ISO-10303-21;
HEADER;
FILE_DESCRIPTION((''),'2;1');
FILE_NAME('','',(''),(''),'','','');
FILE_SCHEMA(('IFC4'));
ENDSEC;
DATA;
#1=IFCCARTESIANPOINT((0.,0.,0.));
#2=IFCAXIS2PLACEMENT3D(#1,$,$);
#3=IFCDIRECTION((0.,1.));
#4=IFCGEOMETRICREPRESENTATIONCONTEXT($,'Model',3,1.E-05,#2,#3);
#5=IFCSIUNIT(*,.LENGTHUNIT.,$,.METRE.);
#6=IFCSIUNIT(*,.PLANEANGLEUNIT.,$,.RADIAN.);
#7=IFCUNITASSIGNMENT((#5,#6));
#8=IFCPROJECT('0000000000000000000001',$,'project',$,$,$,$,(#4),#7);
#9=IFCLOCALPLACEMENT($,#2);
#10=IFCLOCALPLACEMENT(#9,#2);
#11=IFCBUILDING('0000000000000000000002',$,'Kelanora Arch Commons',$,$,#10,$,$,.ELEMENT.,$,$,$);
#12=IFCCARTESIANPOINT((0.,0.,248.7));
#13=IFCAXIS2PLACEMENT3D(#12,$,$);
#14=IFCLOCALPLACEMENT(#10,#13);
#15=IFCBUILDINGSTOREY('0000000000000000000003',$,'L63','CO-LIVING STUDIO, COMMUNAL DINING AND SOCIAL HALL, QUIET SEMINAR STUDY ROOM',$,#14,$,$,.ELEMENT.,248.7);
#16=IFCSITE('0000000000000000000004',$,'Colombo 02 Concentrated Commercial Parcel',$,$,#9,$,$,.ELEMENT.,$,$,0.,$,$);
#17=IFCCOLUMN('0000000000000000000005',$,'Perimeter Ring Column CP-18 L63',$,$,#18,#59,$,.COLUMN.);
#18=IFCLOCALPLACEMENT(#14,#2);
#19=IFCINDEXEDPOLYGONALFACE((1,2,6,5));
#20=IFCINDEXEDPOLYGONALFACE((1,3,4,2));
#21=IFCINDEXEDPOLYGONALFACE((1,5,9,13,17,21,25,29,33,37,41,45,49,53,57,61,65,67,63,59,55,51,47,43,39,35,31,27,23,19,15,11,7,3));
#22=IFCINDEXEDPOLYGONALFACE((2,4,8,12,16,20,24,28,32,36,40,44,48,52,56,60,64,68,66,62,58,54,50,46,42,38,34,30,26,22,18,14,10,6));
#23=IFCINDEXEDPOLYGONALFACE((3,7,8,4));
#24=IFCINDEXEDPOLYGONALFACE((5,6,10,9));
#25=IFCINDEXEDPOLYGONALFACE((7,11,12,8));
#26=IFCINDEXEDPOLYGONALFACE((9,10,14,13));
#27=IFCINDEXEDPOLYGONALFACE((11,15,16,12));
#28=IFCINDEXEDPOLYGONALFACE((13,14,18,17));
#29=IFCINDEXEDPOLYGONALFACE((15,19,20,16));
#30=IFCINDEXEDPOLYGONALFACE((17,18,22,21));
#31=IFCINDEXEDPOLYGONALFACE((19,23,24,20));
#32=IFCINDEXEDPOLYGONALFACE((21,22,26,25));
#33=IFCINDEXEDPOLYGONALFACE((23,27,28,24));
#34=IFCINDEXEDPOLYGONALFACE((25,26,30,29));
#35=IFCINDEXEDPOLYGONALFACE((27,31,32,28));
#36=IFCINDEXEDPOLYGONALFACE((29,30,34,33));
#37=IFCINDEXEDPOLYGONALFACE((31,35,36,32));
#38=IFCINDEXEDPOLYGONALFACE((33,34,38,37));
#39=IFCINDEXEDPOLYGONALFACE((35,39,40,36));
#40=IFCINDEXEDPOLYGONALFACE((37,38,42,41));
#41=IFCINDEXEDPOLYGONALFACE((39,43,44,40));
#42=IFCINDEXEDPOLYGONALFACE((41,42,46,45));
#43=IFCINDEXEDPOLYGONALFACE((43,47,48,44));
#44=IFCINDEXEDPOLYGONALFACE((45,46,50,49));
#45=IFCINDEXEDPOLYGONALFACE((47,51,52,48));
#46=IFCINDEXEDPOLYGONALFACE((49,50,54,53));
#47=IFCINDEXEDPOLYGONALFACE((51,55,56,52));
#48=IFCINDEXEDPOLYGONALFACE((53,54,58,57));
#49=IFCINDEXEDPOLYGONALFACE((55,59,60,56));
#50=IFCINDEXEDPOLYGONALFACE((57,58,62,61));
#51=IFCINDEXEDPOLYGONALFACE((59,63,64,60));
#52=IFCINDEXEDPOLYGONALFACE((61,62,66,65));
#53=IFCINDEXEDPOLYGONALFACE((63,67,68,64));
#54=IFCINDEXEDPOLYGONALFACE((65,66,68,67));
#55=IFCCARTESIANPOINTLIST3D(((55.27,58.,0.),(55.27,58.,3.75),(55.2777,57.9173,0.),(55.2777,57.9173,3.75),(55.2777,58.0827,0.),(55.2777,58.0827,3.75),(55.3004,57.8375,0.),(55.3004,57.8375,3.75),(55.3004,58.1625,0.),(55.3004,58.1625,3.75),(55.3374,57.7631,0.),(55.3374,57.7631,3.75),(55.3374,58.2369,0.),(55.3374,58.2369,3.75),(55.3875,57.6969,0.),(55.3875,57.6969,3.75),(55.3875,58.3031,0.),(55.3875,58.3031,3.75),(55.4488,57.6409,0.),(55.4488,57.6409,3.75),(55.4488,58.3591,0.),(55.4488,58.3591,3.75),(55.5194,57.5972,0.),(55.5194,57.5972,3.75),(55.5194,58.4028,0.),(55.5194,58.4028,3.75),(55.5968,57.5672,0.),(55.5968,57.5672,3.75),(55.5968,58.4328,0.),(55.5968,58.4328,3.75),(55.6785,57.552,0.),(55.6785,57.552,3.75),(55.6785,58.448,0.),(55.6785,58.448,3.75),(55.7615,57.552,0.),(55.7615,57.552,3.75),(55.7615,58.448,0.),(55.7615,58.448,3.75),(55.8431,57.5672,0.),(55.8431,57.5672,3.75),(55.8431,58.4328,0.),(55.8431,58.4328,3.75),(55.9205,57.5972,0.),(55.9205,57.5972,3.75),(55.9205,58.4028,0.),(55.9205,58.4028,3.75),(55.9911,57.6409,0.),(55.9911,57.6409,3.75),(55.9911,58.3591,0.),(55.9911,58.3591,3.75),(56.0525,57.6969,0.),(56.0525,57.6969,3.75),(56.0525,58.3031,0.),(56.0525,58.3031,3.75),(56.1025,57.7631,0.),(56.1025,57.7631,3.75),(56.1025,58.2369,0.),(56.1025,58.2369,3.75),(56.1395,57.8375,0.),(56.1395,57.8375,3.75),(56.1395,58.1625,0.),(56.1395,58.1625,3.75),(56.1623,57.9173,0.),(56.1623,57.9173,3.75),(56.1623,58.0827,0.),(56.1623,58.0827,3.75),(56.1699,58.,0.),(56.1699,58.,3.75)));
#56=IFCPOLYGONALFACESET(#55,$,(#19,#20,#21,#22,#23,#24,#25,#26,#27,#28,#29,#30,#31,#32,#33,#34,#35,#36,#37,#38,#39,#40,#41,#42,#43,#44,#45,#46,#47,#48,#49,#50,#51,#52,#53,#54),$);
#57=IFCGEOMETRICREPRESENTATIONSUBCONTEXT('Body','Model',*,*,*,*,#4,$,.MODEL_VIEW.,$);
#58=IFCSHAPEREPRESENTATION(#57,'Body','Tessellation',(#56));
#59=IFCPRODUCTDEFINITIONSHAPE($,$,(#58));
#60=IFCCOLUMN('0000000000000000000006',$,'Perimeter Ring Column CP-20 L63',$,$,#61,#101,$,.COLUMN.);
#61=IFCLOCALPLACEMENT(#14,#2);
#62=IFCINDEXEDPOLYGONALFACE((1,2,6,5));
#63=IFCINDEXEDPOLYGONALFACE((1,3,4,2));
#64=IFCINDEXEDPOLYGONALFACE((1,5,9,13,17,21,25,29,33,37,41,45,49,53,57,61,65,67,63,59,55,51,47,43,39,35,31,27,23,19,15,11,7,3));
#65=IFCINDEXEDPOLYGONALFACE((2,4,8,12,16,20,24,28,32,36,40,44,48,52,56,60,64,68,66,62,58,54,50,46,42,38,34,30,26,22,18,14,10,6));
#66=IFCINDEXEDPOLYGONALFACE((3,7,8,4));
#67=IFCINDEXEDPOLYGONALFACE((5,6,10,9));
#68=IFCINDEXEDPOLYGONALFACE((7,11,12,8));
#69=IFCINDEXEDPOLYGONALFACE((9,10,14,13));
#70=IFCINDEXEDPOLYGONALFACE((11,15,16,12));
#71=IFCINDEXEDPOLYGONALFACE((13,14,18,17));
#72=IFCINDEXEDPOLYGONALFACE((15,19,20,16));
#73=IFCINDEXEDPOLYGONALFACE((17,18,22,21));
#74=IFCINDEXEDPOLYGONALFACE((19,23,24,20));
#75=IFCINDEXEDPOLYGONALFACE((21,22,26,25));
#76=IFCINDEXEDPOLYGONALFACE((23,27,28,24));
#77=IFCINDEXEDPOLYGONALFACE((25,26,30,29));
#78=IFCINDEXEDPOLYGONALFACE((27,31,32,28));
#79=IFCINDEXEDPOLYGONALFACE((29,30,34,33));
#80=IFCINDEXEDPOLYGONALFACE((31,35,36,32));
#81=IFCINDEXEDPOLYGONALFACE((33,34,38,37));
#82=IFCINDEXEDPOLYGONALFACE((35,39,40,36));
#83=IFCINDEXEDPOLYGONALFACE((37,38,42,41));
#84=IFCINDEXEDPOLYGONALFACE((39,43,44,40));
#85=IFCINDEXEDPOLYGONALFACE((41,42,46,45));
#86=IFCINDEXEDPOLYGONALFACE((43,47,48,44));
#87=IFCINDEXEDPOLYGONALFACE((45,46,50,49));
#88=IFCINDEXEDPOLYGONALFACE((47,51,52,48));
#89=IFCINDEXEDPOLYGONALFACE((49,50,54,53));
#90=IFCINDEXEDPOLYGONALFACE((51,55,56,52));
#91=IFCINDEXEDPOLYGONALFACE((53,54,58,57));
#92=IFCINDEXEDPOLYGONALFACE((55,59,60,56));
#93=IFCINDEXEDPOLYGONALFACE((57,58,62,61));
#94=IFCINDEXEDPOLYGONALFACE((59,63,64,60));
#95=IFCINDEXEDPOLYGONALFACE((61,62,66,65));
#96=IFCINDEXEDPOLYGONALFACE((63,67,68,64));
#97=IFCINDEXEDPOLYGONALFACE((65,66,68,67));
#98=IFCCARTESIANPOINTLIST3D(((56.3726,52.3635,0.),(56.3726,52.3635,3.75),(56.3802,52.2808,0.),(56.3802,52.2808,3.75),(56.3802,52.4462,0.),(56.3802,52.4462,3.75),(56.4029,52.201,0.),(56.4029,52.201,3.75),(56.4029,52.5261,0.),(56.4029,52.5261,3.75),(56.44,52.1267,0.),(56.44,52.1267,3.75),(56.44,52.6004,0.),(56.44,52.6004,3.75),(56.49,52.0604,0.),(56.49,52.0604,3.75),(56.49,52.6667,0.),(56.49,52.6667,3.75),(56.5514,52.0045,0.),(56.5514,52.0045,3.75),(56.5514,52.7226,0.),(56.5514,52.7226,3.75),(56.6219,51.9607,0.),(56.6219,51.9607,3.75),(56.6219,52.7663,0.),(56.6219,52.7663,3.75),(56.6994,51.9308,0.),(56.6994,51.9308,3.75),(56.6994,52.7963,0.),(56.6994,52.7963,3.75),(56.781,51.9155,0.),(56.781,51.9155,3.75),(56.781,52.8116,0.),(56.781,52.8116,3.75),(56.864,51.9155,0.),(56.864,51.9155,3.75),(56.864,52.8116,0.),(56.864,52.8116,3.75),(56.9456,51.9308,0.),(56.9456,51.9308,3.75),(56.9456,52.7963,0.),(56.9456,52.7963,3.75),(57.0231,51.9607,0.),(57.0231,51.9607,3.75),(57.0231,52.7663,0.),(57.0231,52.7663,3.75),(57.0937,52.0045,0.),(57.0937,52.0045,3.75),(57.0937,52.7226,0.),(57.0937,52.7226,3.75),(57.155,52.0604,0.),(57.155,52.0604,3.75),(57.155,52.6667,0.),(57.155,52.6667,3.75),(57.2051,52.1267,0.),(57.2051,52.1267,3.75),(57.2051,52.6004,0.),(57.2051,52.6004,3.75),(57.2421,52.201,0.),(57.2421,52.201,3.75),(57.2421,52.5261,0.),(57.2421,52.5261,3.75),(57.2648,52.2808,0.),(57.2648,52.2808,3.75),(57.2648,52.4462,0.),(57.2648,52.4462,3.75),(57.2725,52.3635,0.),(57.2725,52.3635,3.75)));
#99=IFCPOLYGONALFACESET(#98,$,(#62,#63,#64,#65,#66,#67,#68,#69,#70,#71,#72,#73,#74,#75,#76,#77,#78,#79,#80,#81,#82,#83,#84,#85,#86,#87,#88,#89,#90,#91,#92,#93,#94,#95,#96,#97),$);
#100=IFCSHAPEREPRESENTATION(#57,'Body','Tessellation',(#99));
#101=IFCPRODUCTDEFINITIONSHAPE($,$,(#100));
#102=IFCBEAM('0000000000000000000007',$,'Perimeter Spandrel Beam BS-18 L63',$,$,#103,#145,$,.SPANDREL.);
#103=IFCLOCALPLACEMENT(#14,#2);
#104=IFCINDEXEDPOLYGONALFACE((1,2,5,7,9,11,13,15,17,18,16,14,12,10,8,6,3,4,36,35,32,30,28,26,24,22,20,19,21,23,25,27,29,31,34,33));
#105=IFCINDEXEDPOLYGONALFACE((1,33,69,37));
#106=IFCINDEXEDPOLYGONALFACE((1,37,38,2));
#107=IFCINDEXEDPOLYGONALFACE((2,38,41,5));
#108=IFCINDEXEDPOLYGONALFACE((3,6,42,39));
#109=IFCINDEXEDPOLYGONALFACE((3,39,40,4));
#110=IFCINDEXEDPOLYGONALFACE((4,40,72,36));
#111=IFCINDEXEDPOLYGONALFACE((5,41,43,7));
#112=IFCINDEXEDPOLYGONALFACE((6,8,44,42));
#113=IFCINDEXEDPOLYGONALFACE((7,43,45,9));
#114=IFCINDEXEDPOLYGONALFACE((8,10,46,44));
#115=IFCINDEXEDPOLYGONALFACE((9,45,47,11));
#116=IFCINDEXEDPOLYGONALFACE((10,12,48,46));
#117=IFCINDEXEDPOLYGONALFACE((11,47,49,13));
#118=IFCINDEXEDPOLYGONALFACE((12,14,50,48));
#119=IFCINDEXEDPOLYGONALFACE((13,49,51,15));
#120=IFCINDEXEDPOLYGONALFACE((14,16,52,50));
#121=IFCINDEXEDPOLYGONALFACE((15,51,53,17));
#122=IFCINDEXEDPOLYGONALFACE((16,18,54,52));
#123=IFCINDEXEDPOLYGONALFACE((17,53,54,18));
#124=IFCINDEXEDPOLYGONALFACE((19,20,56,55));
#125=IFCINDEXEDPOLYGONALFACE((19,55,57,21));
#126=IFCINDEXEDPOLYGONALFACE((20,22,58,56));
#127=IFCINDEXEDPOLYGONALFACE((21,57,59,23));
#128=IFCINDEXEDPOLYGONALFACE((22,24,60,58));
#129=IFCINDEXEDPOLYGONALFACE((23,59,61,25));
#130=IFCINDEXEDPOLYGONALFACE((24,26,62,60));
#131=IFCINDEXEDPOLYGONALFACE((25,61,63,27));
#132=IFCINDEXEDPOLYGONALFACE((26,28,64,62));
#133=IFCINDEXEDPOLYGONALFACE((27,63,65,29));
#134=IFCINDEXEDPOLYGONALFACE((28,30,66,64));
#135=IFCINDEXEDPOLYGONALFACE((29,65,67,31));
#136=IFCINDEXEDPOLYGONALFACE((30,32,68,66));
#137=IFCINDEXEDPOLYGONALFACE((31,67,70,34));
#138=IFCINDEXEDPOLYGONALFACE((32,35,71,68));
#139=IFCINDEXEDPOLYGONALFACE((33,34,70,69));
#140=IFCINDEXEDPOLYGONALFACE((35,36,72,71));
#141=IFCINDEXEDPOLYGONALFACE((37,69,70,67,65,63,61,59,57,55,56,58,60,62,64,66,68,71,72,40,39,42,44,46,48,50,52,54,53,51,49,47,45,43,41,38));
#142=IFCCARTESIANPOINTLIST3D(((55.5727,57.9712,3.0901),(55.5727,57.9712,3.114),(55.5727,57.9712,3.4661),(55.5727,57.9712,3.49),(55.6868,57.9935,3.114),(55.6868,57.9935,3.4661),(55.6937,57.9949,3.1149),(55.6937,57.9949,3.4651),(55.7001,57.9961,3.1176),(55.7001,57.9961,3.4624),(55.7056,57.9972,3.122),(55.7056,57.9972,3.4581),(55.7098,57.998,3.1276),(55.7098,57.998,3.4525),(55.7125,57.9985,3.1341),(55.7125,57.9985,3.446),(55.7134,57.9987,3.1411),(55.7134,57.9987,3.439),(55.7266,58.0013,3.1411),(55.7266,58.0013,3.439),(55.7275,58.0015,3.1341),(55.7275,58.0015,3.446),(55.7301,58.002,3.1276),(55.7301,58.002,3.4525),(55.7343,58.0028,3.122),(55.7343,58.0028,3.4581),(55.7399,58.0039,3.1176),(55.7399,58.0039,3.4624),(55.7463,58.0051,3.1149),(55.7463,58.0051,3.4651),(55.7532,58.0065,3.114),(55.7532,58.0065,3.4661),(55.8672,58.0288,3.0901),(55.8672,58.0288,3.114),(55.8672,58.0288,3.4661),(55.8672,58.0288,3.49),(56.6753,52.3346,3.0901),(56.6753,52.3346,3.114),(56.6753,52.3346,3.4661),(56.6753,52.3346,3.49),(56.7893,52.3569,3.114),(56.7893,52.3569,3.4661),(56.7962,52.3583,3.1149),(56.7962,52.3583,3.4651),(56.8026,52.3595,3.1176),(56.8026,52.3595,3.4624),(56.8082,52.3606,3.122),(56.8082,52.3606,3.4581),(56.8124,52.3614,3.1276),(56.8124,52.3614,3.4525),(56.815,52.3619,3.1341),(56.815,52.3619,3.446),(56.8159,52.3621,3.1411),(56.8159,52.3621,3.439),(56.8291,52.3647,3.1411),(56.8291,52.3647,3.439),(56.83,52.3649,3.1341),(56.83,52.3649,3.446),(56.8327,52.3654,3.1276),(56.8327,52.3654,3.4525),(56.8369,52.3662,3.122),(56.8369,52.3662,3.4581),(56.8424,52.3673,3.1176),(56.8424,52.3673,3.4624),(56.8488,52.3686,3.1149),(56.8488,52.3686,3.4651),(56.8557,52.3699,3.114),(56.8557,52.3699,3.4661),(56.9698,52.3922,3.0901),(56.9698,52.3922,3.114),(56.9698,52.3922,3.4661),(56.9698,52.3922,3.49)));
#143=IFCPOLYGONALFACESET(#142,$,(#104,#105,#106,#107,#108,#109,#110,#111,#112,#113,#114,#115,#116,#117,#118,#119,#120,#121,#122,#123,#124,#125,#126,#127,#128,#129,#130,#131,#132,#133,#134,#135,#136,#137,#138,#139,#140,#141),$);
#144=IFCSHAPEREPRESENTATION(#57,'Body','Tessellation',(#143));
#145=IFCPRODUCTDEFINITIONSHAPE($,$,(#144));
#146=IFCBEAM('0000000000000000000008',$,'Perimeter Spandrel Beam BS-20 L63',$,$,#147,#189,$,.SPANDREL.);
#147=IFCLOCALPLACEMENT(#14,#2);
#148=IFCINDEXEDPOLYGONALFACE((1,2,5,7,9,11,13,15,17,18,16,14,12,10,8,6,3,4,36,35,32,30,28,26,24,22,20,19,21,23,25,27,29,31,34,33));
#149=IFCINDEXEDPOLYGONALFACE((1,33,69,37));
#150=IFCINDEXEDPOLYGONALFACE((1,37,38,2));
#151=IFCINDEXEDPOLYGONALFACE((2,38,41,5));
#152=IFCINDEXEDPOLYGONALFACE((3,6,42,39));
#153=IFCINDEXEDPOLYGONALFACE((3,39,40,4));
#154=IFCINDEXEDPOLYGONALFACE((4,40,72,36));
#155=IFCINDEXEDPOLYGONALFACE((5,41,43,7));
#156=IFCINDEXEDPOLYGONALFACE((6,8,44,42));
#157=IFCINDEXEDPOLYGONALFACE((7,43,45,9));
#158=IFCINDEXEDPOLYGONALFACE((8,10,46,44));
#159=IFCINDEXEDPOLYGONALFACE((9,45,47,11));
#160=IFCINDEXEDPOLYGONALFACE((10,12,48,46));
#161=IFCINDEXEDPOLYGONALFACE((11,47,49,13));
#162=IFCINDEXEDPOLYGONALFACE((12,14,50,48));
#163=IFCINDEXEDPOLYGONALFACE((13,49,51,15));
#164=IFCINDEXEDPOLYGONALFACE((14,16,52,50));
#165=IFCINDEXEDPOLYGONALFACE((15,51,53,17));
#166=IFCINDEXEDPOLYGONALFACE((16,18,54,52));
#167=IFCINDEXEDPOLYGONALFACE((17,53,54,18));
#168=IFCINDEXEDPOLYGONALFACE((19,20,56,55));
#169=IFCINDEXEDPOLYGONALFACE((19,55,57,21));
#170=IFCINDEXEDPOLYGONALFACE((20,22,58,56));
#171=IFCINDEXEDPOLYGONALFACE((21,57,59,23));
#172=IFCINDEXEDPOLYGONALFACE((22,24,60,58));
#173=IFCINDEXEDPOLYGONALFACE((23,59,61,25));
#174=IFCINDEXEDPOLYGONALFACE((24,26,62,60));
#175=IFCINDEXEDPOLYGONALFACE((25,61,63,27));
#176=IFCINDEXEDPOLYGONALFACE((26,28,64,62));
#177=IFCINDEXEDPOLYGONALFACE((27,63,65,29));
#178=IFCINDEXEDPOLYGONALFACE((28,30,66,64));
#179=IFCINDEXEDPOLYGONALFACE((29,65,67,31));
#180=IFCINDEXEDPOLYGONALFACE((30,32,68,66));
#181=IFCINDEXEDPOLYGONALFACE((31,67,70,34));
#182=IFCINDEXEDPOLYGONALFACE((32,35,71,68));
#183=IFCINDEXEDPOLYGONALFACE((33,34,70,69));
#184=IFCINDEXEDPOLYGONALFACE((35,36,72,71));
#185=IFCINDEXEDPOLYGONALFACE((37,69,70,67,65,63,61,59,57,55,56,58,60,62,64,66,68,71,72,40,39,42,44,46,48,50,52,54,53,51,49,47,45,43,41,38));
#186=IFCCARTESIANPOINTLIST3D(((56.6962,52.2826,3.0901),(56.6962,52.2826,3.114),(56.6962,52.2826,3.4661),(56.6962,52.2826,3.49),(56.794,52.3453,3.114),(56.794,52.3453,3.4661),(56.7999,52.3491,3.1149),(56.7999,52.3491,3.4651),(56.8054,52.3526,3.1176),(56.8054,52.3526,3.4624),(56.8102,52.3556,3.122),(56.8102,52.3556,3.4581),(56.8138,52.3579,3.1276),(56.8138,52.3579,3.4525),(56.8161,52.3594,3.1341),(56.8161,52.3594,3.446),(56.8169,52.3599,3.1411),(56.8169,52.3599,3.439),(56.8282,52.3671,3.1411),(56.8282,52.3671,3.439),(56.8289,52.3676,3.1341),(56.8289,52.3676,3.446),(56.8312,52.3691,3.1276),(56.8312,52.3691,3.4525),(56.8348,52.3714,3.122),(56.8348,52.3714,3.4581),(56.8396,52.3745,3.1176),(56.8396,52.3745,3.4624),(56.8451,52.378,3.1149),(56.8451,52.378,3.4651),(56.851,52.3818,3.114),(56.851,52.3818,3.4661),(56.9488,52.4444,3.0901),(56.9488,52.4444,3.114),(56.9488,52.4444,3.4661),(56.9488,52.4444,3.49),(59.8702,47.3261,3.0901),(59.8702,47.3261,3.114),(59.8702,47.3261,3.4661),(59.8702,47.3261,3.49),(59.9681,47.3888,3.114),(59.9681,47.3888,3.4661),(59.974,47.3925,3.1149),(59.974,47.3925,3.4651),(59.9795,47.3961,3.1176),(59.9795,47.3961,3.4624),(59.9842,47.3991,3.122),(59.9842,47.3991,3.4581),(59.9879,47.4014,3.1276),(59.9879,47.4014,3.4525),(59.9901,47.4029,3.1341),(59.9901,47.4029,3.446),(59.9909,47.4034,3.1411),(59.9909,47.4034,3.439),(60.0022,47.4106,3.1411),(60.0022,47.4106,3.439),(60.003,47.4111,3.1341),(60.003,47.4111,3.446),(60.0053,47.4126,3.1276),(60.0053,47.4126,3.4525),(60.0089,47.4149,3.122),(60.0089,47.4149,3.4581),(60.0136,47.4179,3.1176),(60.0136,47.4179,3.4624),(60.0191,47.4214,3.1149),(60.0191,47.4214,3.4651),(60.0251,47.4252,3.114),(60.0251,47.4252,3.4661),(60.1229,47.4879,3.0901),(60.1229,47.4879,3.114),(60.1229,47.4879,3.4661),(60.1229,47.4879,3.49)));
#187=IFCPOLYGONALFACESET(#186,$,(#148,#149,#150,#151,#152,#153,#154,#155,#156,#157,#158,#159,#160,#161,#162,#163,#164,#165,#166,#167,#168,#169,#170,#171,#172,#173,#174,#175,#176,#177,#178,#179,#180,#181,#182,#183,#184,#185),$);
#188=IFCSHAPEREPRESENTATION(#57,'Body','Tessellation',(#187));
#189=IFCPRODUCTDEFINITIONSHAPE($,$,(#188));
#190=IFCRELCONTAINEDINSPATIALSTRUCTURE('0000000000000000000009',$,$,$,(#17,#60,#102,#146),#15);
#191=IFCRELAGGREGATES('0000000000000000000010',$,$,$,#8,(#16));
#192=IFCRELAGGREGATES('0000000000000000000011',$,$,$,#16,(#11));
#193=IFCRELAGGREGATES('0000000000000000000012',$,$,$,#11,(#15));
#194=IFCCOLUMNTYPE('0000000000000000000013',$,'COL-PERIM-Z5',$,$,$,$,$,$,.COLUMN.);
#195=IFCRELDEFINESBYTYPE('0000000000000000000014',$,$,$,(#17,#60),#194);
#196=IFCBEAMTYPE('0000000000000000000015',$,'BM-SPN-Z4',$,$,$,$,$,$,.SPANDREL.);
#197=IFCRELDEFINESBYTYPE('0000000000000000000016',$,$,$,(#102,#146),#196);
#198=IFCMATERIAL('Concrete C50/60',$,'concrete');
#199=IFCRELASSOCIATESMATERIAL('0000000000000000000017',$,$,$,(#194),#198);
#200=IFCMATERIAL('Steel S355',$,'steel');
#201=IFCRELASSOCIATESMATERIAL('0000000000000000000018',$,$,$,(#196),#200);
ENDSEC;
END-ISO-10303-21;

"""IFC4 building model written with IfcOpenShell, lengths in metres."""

from ifc_helpers import new_model, si_unit, direction, frame, origin, origin_2d, place, context, subcontext, project, spatial, circle, i_section, extrude, material, material_profile, profile_set, type_object, element, save


model = new_model("IFC4")

# Units and contexts
model_context = context("Model", 3, precision=1e-05, world=origin(), true_north=direction((0.0, 1.0)))
body_context = subcontext(model_context, "Body", "Model", "MODEL_VIEW")
ifc_project = project(units=[si_unit("LENGTHUNIT", "METRE"), si_unit("PLANEANGLEUNIT", "RADIAN")], contexts=[model_context])

# Site, building, storey
site_placement = place(None, origin())
site = spatial("IfcSite", under=ifc_project, at=site_placement, Name="Colombo 02 Concentrated Commercial Parcel", CompositionType="ELEMENT", RefElevation=0.0)
building_placement = place(site_placement, origin())
building = spatial("IfcBuilding", under=site, at=building_placement, Name="Kelanora Arch Commons", CompositionType="ELEMENT")
storey_placement = place(building_placement, frame((0.0, 0.0, 248.7)))
storey = spatial("IfcBuildingStorey", under=building, at=storey_placement, Name="L63", Description="CO-LIVING STUDIO, COMMUNAL DINING AND SOCIAL HALL, QUIET SEMINAR STUDY ROOM", CompositionType="ELEMENT", Elevation=248.7)

# Columns
ifc_material_1 = material(Name="Concrete C50/60", Category="concrete")
ifc_material_profile_1 = material_profile(ifc_material_1, circle(Radius=0.45, at=origin_2d()), Name="RCC900")
ifc_profile_set_1 = profile_set([ifc_material_profile_1], Name="Concrete C50/60")
column_type = type_object("IfcColumnType", Name="COL-PERIM-Z5", PredefinedType="COLUMN", material=ifc_profile_set_1)
for number, where, z_axis, x_axis, name in (
    (1, (55.72, 58.0, 0.0), (0.0, 0.0, 1.0), (1.0, 0.0, 0.0), "Perimeter Ring Column CP-18 L63"),
    (2, (56.8225, 52.3635, 0.0), (0.0, 0.0, 1.0), (1.0, 0.0, 0.0), "Perimeter Ring Column CP-20 L63"),
):
    element("IfcColumn", number, at=place(storey_placement, frame(where, z_axis=z_axis, x_axis=x_axis)), inside=storey, type_object=column_type, Name=name, PredefinedType="COLUMN", context=body_context, shape_type="SweptSolid", body=[
        extrude(circle(Radius=0.45, at=origin_2d()), origin(), (0.0, 0.0, 1.0), 3.75),
    ])

# Beams
ifc_material_2 = material(Name="Steel S355", Category="steel")
ifc_material_profile_2 = material_profile(ifc_material_2, i_section(OverallWidth=0.3, OverallDepth=0.3999, WebThickness=0.0134, FlangeThickness=0.0239, FilletRadius=0.0271, at=origin_2d()), Name="HEB400")
ifc_profile_set_2 = profile_set([ifc_material_profile_2], Name="Steel S355")
beam_type = type_object("IfcBeamType", Name="BM-SPN-Z4", PredefinedType="SPANDREL", material=ifc_profile_set_2)
beam_1_placement = place(storey_placement, frame((55.72, 58.0, 3.29), z_axis=(0.19197, -0.981401, 0.0), x_axis=(0.981401, 0.19197, 0.0)))
element("IfcBeam", 3, at=beam_1_placement, inside=storey, type_object=beam_type, Name="Perimeter Spandrel Beam BS-18 L63", PredefinedType="SPANDREL", context=body_context, shape_type="SweptSolid", body=[
    extrude(i_section(OverallWidth=0.3, OverallDepth=0.3999, WebThickness=0.0134, FlangeThickness=0.0239, FilletRadius=0.0271, at=origin_2d()), origin(), (0.0, 0.0, 1.0), 5.7434),
])
beam_2_placement = place(storey_placement, frame((56.8225, 52.3635, 3.29), z_axis=(0.539281, -0.842126, 0.0), x_axis=(0.842126, 0.539281, 0.0)))
element("IfcBeam", 4, at=beam_2_placement, inside=storey, type_object=beam_type, Name="Perimeter Spandrel Beam BS-20 L63", PredefinedType="SPANDREL", context=body_context, shape_type="SweptSolid", body=[
    extrude(i_section(OverallWidth=0.3, OverallDepth=0.3999, WebThickness=0.0134, FlangeThickness=0.0239, FilletRadius=0.0271, at=origin_2d()), origin(), (0.0, 0.0, 1.0), 5.8857),
])

save(model, "model.ifc")
